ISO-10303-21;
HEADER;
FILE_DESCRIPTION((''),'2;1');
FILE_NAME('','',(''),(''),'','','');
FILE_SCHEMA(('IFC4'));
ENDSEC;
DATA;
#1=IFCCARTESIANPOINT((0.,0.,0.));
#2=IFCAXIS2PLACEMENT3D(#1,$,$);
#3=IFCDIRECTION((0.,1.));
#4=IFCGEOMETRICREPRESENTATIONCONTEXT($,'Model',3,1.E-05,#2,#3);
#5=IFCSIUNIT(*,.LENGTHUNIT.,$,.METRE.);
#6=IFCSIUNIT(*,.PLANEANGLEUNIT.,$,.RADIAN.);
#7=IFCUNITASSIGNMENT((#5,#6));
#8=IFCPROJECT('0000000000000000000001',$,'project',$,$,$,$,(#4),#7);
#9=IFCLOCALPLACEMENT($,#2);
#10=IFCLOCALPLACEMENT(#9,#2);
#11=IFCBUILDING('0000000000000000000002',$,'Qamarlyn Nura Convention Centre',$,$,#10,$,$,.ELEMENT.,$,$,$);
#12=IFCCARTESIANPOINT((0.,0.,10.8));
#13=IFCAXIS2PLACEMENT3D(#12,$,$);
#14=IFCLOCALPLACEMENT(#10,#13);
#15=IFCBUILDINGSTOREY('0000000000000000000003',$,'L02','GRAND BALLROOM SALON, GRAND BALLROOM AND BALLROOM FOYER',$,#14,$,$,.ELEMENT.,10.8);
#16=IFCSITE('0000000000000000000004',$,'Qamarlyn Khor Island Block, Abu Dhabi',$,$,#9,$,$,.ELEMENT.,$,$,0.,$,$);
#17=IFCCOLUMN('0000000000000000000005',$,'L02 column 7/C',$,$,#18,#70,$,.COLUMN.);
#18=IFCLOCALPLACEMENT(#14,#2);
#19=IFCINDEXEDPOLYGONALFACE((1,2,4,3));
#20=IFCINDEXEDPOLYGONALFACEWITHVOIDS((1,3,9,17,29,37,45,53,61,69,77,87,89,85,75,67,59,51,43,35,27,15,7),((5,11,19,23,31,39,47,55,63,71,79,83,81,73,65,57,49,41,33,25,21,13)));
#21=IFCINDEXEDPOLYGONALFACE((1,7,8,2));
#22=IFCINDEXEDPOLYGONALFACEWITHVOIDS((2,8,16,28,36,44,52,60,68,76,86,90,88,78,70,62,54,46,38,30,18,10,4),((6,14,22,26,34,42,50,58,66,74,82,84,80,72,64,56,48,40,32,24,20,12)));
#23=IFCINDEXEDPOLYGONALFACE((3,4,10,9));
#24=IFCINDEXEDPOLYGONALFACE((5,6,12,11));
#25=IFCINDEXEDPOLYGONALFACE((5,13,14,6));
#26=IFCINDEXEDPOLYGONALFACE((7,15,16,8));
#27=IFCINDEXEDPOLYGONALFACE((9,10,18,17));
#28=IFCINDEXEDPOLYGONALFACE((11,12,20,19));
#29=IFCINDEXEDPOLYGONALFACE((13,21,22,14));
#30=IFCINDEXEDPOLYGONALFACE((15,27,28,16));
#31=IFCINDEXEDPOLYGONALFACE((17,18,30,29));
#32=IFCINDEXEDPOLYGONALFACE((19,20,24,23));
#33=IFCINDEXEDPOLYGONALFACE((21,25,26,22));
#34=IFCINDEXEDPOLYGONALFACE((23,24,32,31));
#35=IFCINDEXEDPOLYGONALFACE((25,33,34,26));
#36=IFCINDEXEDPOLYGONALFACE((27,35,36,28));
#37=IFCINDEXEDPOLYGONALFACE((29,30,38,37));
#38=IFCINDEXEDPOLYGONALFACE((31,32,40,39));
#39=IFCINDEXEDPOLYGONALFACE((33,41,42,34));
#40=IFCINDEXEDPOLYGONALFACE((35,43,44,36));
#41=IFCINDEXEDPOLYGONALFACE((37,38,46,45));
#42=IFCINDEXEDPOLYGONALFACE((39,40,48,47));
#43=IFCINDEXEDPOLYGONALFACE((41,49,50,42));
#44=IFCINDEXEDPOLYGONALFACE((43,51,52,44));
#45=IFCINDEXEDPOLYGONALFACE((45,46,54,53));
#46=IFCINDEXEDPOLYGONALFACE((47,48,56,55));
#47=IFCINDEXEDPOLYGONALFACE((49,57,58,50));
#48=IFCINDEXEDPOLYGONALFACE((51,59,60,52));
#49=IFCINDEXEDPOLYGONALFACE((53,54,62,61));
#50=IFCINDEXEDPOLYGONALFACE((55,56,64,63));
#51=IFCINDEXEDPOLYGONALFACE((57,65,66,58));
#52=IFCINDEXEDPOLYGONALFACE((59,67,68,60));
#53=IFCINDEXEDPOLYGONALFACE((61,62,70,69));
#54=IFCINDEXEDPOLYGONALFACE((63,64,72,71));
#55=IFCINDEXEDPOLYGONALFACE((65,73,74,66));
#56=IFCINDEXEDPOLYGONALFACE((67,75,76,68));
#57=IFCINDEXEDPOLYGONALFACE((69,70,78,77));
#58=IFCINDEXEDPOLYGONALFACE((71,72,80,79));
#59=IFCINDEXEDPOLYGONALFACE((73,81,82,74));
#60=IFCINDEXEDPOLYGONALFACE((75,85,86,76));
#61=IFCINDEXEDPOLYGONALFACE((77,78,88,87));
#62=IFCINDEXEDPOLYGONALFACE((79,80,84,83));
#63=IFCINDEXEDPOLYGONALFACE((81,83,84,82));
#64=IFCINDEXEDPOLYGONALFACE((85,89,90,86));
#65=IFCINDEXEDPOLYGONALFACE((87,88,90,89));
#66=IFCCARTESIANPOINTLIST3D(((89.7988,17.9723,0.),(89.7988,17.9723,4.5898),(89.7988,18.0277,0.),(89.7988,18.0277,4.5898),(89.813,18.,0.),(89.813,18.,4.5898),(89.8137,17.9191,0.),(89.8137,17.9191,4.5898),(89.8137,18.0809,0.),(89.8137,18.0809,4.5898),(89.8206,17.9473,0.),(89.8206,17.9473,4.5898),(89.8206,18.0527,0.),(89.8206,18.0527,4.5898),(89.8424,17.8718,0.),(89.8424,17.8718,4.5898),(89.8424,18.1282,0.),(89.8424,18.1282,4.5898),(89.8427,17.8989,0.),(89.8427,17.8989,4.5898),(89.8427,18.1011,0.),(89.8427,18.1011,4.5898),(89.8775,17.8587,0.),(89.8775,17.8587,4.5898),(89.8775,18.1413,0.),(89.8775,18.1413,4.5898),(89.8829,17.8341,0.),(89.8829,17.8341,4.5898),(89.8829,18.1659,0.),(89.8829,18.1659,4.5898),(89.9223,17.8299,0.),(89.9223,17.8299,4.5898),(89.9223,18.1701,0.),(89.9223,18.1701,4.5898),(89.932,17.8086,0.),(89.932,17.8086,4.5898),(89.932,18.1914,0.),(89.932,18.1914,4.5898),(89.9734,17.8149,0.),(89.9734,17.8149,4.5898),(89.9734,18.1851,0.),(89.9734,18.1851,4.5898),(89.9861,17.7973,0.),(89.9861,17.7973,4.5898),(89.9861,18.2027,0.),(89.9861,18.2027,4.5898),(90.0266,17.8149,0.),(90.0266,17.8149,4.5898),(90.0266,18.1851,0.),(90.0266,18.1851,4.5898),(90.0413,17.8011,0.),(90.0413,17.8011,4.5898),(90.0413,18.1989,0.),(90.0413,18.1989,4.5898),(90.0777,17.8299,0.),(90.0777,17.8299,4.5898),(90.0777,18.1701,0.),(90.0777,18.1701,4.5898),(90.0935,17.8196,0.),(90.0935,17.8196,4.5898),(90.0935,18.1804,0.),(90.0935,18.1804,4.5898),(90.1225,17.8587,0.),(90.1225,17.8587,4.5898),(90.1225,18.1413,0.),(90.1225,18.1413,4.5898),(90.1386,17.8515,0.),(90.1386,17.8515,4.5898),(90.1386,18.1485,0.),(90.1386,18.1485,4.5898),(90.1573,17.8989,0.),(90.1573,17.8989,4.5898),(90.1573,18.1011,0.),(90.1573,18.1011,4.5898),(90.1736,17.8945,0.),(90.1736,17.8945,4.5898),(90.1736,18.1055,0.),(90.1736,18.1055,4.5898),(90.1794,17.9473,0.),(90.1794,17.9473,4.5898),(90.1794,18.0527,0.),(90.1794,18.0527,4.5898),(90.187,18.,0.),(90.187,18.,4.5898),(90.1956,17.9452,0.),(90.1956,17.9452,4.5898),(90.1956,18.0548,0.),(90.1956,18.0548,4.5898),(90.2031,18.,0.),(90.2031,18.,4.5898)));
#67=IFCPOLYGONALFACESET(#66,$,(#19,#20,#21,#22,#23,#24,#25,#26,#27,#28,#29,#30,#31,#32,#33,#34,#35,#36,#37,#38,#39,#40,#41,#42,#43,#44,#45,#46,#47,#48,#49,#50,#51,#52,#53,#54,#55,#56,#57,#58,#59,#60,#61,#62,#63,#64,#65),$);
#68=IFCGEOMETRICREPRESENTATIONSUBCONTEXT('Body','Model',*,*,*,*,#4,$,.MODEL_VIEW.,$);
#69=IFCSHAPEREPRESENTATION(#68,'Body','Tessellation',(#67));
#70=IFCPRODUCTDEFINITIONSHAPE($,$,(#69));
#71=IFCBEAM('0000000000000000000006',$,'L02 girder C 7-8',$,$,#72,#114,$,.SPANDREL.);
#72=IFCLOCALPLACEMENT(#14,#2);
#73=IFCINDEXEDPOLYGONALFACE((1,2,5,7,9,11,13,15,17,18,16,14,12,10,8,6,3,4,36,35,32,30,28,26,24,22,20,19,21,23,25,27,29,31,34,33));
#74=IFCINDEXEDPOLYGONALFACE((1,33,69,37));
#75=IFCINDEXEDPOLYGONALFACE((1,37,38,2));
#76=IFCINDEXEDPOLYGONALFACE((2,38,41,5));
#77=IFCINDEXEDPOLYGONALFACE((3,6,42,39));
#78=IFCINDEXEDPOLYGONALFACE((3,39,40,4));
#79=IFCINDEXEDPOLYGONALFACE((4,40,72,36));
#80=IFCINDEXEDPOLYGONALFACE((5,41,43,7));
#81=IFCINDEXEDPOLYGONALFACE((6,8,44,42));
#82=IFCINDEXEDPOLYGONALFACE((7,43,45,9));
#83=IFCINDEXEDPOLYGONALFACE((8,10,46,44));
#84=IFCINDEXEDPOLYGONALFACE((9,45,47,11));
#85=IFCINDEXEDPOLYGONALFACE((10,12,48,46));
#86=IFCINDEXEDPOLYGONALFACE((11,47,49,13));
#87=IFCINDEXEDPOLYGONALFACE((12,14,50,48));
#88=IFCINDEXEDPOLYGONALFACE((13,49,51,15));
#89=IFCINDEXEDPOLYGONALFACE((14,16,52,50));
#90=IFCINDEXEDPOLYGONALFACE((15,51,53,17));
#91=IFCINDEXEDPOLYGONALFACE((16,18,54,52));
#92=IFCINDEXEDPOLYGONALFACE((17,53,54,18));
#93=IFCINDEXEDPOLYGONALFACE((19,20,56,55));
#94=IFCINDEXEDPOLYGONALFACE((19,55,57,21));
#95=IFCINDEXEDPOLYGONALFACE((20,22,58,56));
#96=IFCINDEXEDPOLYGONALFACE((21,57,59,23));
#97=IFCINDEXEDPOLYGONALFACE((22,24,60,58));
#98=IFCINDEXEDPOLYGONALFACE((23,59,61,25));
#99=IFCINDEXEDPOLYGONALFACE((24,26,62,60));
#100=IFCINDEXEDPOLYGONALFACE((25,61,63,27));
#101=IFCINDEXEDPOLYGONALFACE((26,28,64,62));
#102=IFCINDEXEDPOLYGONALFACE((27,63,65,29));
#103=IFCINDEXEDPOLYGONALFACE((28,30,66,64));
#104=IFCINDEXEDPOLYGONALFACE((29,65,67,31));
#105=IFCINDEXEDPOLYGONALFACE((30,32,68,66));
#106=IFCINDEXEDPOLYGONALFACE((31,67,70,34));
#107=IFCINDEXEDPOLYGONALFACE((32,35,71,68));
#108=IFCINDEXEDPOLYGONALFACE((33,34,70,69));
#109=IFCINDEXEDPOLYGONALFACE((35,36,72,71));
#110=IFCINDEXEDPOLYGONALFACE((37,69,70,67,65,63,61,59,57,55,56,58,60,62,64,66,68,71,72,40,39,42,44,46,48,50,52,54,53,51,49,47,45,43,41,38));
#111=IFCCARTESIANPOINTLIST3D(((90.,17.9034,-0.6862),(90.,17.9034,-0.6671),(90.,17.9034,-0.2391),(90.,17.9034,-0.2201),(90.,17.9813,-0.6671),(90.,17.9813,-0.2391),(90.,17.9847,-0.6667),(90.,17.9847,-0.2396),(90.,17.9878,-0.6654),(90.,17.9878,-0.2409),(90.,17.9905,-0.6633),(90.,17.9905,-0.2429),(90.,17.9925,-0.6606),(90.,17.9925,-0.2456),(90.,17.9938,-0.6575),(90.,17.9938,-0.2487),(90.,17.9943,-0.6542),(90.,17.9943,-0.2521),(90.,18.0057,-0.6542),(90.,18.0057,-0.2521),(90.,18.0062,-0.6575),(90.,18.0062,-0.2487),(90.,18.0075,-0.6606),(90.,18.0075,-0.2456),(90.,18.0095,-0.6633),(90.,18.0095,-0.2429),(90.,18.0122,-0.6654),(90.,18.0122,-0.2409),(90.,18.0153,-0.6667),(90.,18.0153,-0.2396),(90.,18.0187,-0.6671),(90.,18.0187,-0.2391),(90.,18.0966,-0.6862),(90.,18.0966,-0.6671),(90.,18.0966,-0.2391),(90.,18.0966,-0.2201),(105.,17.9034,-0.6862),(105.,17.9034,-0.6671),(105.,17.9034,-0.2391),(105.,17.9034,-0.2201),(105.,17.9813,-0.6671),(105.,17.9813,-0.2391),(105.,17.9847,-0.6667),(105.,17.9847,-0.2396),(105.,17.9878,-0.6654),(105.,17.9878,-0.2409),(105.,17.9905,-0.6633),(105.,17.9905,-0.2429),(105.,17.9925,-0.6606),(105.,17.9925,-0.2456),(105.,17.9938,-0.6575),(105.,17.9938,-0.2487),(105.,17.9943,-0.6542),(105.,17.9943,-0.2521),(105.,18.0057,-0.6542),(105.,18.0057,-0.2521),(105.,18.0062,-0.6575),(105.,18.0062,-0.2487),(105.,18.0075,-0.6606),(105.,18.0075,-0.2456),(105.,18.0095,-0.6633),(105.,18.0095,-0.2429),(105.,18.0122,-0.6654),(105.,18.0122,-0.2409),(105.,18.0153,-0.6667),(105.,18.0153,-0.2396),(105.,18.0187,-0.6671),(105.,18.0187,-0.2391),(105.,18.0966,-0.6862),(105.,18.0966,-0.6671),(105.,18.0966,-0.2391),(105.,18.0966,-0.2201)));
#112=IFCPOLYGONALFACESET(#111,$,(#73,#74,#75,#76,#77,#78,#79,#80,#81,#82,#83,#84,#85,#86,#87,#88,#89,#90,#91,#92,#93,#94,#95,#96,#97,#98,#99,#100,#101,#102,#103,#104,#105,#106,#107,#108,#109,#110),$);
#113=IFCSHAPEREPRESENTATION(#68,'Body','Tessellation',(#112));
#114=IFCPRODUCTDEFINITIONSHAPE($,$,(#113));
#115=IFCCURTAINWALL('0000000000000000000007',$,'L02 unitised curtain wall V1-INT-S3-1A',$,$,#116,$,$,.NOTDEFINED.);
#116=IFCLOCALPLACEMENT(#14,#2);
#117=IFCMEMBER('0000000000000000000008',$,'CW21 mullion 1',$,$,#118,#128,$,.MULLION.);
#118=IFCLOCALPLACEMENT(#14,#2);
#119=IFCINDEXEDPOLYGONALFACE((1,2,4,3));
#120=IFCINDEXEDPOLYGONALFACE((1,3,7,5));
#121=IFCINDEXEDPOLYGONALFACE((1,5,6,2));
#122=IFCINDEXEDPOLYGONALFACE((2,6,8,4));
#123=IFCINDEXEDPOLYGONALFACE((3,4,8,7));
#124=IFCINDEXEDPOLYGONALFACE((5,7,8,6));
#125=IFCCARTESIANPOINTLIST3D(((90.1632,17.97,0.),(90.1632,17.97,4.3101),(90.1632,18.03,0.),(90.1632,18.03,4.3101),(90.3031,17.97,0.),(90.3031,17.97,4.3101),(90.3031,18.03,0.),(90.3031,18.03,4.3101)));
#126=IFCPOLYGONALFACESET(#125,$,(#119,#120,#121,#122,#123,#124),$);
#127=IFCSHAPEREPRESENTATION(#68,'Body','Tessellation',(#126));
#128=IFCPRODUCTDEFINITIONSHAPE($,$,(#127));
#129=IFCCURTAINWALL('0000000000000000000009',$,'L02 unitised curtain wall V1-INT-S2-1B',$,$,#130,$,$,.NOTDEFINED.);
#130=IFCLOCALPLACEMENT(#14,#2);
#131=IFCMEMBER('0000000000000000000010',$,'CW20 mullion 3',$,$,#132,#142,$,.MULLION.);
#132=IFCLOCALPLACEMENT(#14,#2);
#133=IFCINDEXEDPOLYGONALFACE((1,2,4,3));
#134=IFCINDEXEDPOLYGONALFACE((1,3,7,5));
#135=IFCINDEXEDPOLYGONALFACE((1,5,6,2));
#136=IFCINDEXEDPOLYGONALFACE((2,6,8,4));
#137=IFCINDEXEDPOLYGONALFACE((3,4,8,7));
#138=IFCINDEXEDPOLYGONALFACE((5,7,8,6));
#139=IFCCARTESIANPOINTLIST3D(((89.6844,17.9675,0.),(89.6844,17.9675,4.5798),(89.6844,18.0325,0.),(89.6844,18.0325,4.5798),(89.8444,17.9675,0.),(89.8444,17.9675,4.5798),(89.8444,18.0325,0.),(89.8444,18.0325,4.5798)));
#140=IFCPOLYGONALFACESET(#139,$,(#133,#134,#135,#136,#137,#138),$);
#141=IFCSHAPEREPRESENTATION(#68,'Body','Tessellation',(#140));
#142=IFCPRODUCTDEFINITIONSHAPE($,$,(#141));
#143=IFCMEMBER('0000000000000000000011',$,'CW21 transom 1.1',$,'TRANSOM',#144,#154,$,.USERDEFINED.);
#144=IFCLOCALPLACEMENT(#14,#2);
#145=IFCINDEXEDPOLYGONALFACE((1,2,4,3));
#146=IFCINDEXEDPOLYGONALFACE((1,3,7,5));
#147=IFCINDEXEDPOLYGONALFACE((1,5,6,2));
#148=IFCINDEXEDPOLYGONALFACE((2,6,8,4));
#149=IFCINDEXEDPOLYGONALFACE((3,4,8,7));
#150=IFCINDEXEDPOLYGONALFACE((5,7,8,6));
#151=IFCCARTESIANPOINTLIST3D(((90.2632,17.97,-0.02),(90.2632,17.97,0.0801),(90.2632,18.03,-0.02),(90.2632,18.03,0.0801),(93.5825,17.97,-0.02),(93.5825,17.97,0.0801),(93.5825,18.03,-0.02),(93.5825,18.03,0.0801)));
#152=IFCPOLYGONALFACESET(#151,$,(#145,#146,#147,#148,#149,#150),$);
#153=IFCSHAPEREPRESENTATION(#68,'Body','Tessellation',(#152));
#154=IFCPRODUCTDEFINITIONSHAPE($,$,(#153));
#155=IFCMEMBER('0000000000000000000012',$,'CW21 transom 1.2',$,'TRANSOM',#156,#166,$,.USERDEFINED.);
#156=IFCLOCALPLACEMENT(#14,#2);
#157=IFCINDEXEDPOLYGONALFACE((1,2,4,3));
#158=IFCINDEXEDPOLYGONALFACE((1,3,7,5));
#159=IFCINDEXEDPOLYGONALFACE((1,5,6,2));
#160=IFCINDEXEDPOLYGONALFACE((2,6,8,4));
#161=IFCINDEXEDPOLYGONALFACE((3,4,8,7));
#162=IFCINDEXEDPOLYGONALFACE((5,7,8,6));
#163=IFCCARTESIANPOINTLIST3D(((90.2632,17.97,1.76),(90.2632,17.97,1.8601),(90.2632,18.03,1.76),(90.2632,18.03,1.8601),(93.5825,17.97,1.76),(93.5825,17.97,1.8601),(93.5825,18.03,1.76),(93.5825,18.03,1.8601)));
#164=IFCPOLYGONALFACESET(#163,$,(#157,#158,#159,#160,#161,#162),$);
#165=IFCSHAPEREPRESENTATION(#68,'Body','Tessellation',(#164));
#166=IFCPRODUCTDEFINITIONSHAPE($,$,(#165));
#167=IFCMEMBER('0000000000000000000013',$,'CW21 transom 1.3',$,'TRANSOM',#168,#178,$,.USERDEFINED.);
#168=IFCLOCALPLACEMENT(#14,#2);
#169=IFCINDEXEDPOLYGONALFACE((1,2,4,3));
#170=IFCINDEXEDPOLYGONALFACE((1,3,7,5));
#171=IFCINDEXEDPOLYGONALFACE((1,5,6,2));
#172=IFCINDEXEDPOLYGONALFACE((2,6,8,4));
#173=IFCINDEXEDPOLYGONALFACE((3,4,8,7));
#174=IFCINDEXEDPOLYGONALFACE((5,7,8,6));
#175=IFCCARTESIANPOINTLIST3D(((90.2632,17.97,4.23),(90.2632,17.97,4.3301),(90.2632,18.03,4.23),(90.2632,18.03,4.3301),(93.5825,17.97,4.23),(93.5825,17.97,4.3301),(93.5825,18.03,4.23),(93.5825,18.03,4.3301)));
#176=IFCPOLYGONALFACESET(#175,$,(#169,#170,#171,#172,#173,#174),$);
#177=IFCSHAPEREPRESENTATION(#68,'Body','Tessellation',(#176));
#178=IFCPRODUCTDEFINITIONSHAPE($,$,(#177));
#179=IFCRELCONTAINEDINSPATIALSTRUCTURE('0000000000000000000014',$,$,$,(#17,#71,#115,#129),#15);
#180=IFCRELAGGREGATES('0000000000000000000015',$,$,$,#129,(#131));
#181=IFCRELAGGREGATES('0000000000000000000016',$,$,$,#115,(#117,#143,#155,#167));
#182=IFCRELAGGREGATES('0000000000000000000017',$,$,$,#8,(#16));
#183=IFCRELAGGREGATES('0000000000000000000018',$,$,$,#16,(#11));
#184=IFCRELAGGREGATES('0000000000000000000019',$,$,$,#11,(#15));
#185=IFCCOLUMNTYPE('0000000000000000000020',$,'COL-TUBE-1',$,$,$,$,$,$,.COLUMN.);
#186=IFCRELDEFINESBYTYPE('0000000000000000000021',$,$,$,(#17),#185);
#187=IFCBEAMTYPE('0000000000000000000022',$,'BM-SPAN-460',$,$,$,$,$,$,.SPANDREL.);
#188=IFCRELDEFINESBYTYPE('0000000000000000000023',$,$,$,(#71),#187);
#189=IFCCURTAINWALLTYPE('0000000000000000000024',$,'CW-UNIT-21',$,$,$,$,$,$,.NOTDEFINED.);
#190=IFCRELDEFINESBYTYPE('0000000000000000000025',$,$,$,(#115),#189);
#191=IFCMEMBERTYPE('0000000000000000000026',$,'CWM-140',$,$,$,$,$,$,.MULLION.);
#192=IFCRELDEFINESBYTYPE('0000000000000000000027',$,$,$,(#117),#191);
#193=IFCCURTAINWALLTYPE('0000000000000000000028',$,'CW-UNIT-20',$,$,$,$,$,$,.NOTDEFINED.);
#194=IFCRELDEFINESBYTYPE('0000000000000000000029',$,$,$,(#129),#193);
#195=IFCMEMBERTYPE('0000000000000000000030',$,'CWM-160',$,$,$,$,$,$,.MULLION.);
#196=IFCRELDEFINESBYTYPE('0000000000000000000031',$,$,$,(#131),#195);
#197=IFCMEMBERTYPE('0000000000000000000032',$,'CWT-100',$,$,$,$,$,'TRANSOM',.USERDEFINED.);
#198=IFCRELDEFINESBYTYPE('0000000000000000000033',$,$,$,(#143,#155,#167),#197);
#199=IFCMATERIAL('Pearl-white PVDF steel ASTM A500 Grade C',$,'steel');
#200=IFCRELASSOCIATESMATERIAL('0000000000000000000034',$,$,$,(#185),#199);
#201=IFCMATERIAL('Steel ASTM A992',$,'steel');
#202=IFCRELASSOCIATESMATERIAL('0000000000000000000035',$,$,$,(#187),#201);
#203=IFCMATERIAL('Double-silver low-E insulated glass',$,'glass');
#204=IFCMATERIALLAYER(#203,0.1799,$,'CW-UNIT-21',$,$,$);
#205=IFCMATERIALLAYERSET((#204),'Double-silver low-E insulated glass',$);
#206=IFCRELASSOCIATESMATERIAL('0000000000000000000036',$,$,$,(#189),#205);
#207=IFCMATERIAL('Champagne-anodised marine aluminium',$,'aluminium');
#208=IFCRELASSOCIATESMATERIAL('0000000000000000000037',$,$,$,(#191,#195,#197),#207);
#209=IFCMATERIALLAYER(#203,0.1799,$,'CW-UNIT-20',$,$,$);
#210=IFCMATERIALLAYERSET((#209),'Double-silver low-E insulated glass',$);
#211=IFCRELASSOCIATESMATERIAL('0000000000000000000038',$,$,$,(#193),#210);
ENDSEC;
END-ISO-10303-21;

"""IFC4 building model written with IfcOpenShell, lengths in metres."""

from ifc_helpers import new_model, si_unit, direction, frame, origin, origin_2d, place, context, subcontext, project, spatial, rectangle, hollow_circle, i_section, extrude, material, layer, layer_set, material_profile, profile_set, type_object, element, aggregate, save


model = new_model("IFC4")

# Units and contexts
model_context = context("Model", 3, precision=1e-05, world=origin(), true_north=direction((0.0, 1.0)))
body_context = subcontext(model_context, "Body", "Model", "MODEL_VIEW")
ifc_project = project(units=[si_unit("LENGTHUNIT", "METRE"), si_unit("PLANEANGLEUNIT", "RADIAN")], contexts=[model_context])

# Site, building, storey
site_placement = place(None, origin())
site = spatial("IfcSite", under=ifc_project, at=site_placement, Name="Qamarlyn Khor Island Block, Abu Dhabi", CompositionType="ELEMENT", RefElevation=0.0)
building_placement = place(site_placement, origin())
building = spatial("IfcBuilding", under=site, at=building_placement, Name="Qamarlyn Nura Convention Centre", CompositionType="ELEMENT")
storey_placement = place(building_placement, frame((0.0, 0.0, 10.8)))
storey = spatial("IfcBuildingStorey", under=building, at=storey_placement, Name="L02", Description="GRAND BALLROOM SALON, GRAND BALLROOM AND BALLROOM FOYER", CompositionType="ELEMENT", Elevation=10.8)

# Column
ifc_material_1 = material(Name="Pearl-white PVDF steel ASTM A500 Grade C", Category="steel")
ifc_material_profile_1 = material_profile(ifc_material_1, hollow_circle(Radius=0.2031, WallThickness=0.0161, at=origin_2d()), Name="CHS406.4X16")
ifc_profile_set_1 = profile_set([ifc_material_profile_1], Name="Pearl-white PVDF steel ASTM A500 Grade C")
column_type = type_object("IfcColumnType", Name="COL-TUBE-1", PredefinedType="COLUMN", material=ifc_profile_set_1)
column_placement = place(storey_placement, frame((90.0, 18.0, 0.0), z_axis=(0.0, 0.0, 1.0), x_axis=(1.0, 0.0, 0.0)))
element("IfcColumn", 1, at=column_placement, inside=storey, type_object=column_type, Name="L02 column 7/C", PredefinedType="COLUMN", context=body_context, shape_type="SweptSolid", body=[
    extrude(hollow_circle(Radius=0.2031, WallThickness=0.0161, at=origin_2d()), origin(), (0.0, 0.0, 1.0), 4.5898),
])

# Beam
ifc_material_2 = material(Name="Steel ASTM A992", Category="steel")
ifc_material_profile_2 = material_profile(ifc_material_2, i_section(OverallWidth=0.1931, OverallDepth=0.4661, WebThickness=0.0115, FlangeThickness=0.019, FilletRadius=0.0129, at=origin_2d()), Name="W460X97")
ifc_profile_set_2 = profile_set([ifc_material_profile_2], Name="Steel ASTM A992")
beam_type = type_object("IfcBeamType", Name="BM-SPAN-460", PredefinedType="SPANDREL", material=ifc_profile_set_2)
beam_placement = place(storey_placement, frame((90.0, 18.0, -0.4531), z_axis=(1.0, 0.0, 0.0), x_axis=(0.0, 1.0, 0.0)))
element("IfcBeam", 2, at=beam_placement, inside=storey, type_object=beam_type, Name="L02 girder C 7-8", PredefinedType="SPANDREL", context=body_context, shape_type="SweptSolid", body=[
    extrude(i_section(OverallWidth=0.1931, OverallDepth=0.4661, WebThickness=0.0115, FlangeThickness=0.019, FilletRadius=0.0129, at=origin_2d()), origin(), (0.0, 0.0, 1.0), 15.0),
])

# Curtain walls, members
ifc_material_3 = material(Name="Double-silver low-E insulated glass", Category="glass")
ifc_layer_1 = layer(ifc_material_3, 0.1799, Name="CW-UNIT-21")
ifc_layer_set_1 = layer_set([ifc_layer_1], Name="Double-silver low-E insulated glass")
curtain_wall_type_1 = type_object("IfcCurtainWallType", Name="CW-UNIT-21", PredefinedType="NOTDEFINED", material=ifc_layer_set_1)
curtain_wall_1_placement = place(storey_placement, origin())
curtain_wall_1 = element("IfcCurtainWall", 3, at=curtain_wall_1_placement, inside=storey, type_object=curtain_wall_type_1, Name="L02 unitised curtain wall V1-INT-S3-1A", PredefinedType="NOTDEFINED")
ifc_material_4 = material(Name="Champagne-anodised marine aluminium", Category="aluminium")
ifc_material_profile_3 = material_profile(ifc_material_4, rectangle(XDim=0.0601, YDim=0.1399, at=origin_2d()), Name="ALU MULLION 60x140")
ifc_profile_set_3 = profile_set([ifc_material_profile_3], Name="Champagne-anodised marine aluminium")
member_type_1 = type_object("IfcMemberType", Name="CWM-140", PredefinedType="MULLION", material=ifc_profile_set_3)
member_1_placement = place(storey_placement, frame((90.2332, 18.0, 0.0), z_axis=(0.0, 0.0, 1.0), x_axis=(0.0, 1.0, 0.0)))
member_1 = element("IfcMember", 4, at=member_1_placement, type_object=member_type_1, Name="CW21 mullion 1", PredefinedType="MULLION", context=body_context, shape_type="SweptSolid", body=[
    extrude(rectangle(XDim=0.0601, YDim=0.1399, at=origin_2d()), origin(), (0.0, 0.0, 1.0), 4.3101),
])
ifc_layer_2 = layer(ifc_material_3, 0.1799, Name="CW-UNIT-20")
ifc_layer_set_2 = layer_set([ifc_layer_2], Name="Double-silver low-E insulated glass")
curtain_wall_type_2 = type_object("IfcCurtainWallType", Name="CW-UNIT-20", PredefinedType="NOTDEFINED", material=ifc_layer_set_2)
curtain_wall_2_placement = place(storey_placement, origin())
curtain_wall_2 = element("IfcCurtainWall", 5, at=curtain_wall_2_placement, inside=storey, type_object=curtain_wall_type_2, Name="L02 unitised curtain wall V1-INT-S2-1B", PredefinedType="NOTDEFINED")
ifc_material_profile_4 = material_profile(ifc_material_4, rectangle(XDim=0.0649, YDim=0.1599, at=origin_2d()), Name="ALU MULLION 65x160")
ifc_profile_set_4 = profile_set([ifc_material_profile_4], Name="Champagne-anodised marine aluminium")
member_type_2 = type_object("IfcMemberType", Name="CWM-160", PredefinedType="MULLION", material=ifc_profile_set_4)
member_2_placement = place(storey_placement, frame((89.7644, 18.0, 0.0), z_axis=(0.0, 0.0, 1.0), x_axis=(0.0, 1.0, 0.0)))
member_2 = element("IfcMember", 6, at=member_2_placement, type_object=member_type_2, Name="CW20 mullion 3", PredefinedType="MULLION", context=body_context, shape_type="SweptSolid", body=[
    extrude(rectangle(XDim=0.0649, YDim=0.1599, at=origin_2d()), origin(), (0.0, 0.0, 1.0), 4.5798),
])

# Members
ifc_material_profile_5 = material_profile(ifc_material_4, rectangle(XDim=0.0601, YDim=0.1001, at=origin_2d()), Name="ALU TRANSOM 60x100")
ifc_profile_set_5 = profile_set([ifc_material_profile_5], Name="Champagne-anodised marine aluminium")
member_type_3 = type_object("IfcMemberType", Name="CWT-100", ElementType="TRANSOM", PredefinedType="USERDEFINED", material=ifc_profile_set_5)
member_3_placement = place(storey_placement, frame((90.2632, 18.0, 0.03), z_axis=(1.0, 0.0, 0.0), x_axis=(0.0, 1.0, 0.0)))
member_3 = element("IfcMember", 7, at=member_3_placement, type_object=member_type_3, Name="CW21 transom 1.1", ObjectType="TRANSOM", PredefinedType="USERDEFINED", context=body_context, shape_type="SweptSolid", body=[
    extrude(rectangle(XDim=0.0601, YDim=0.1001, at=origin_2d()), origin(), (0.0, 0.0, 1.0), 3.3193),
])
member_4_placement = place(storey_placement, frame((90.2632, 18.0, 1.8101), z_axis=(1.0, 0.0, 0.0), x_axis=(0.0, 1.0, 0.0)))
member_4 = element("IfcMember", 8, at=member_4_placement, type_object=member_type_3, Name="CW21 transom 1.2", ObjectType="TRANSOM", PredefinedType="USERDEFINED", context=body_context, shape_type="SweptSolid", body=[
    extrude(rectangle(XDim=0.0601, YDim=0.1001, at=origin_2d()), origin(), (0.0, 0.0, 1.0), 3.3193),
])
member_5_placement = place(storey_placement, frame((90.2632, 18.0, 4.28), z_axis=(1.0, 0.0, 0.0), x_axis=(0.0, 1.0, 0.0)))
member_5 = element("IfcMember", 9, at=member_5_placement, type_object=member_type_3, Name="CW21 transom 1.3", ObjectType="TRANSOM", PredefinedType="USERDEFINED", context=body_context, shape_type="SweptSolid", body=[
    extrude(rectangle(XDim=0.0601, YDim=0.1001, at=origin_2d()), origin(), (0.0, 0.0, 1.0), 3.3193),
])

aggregate(curtain_wall_2, [member_2])
aggregate(curtain_wall_1, [member_1, member_3, member_4, member_5])

save(model, "model.ifc")
